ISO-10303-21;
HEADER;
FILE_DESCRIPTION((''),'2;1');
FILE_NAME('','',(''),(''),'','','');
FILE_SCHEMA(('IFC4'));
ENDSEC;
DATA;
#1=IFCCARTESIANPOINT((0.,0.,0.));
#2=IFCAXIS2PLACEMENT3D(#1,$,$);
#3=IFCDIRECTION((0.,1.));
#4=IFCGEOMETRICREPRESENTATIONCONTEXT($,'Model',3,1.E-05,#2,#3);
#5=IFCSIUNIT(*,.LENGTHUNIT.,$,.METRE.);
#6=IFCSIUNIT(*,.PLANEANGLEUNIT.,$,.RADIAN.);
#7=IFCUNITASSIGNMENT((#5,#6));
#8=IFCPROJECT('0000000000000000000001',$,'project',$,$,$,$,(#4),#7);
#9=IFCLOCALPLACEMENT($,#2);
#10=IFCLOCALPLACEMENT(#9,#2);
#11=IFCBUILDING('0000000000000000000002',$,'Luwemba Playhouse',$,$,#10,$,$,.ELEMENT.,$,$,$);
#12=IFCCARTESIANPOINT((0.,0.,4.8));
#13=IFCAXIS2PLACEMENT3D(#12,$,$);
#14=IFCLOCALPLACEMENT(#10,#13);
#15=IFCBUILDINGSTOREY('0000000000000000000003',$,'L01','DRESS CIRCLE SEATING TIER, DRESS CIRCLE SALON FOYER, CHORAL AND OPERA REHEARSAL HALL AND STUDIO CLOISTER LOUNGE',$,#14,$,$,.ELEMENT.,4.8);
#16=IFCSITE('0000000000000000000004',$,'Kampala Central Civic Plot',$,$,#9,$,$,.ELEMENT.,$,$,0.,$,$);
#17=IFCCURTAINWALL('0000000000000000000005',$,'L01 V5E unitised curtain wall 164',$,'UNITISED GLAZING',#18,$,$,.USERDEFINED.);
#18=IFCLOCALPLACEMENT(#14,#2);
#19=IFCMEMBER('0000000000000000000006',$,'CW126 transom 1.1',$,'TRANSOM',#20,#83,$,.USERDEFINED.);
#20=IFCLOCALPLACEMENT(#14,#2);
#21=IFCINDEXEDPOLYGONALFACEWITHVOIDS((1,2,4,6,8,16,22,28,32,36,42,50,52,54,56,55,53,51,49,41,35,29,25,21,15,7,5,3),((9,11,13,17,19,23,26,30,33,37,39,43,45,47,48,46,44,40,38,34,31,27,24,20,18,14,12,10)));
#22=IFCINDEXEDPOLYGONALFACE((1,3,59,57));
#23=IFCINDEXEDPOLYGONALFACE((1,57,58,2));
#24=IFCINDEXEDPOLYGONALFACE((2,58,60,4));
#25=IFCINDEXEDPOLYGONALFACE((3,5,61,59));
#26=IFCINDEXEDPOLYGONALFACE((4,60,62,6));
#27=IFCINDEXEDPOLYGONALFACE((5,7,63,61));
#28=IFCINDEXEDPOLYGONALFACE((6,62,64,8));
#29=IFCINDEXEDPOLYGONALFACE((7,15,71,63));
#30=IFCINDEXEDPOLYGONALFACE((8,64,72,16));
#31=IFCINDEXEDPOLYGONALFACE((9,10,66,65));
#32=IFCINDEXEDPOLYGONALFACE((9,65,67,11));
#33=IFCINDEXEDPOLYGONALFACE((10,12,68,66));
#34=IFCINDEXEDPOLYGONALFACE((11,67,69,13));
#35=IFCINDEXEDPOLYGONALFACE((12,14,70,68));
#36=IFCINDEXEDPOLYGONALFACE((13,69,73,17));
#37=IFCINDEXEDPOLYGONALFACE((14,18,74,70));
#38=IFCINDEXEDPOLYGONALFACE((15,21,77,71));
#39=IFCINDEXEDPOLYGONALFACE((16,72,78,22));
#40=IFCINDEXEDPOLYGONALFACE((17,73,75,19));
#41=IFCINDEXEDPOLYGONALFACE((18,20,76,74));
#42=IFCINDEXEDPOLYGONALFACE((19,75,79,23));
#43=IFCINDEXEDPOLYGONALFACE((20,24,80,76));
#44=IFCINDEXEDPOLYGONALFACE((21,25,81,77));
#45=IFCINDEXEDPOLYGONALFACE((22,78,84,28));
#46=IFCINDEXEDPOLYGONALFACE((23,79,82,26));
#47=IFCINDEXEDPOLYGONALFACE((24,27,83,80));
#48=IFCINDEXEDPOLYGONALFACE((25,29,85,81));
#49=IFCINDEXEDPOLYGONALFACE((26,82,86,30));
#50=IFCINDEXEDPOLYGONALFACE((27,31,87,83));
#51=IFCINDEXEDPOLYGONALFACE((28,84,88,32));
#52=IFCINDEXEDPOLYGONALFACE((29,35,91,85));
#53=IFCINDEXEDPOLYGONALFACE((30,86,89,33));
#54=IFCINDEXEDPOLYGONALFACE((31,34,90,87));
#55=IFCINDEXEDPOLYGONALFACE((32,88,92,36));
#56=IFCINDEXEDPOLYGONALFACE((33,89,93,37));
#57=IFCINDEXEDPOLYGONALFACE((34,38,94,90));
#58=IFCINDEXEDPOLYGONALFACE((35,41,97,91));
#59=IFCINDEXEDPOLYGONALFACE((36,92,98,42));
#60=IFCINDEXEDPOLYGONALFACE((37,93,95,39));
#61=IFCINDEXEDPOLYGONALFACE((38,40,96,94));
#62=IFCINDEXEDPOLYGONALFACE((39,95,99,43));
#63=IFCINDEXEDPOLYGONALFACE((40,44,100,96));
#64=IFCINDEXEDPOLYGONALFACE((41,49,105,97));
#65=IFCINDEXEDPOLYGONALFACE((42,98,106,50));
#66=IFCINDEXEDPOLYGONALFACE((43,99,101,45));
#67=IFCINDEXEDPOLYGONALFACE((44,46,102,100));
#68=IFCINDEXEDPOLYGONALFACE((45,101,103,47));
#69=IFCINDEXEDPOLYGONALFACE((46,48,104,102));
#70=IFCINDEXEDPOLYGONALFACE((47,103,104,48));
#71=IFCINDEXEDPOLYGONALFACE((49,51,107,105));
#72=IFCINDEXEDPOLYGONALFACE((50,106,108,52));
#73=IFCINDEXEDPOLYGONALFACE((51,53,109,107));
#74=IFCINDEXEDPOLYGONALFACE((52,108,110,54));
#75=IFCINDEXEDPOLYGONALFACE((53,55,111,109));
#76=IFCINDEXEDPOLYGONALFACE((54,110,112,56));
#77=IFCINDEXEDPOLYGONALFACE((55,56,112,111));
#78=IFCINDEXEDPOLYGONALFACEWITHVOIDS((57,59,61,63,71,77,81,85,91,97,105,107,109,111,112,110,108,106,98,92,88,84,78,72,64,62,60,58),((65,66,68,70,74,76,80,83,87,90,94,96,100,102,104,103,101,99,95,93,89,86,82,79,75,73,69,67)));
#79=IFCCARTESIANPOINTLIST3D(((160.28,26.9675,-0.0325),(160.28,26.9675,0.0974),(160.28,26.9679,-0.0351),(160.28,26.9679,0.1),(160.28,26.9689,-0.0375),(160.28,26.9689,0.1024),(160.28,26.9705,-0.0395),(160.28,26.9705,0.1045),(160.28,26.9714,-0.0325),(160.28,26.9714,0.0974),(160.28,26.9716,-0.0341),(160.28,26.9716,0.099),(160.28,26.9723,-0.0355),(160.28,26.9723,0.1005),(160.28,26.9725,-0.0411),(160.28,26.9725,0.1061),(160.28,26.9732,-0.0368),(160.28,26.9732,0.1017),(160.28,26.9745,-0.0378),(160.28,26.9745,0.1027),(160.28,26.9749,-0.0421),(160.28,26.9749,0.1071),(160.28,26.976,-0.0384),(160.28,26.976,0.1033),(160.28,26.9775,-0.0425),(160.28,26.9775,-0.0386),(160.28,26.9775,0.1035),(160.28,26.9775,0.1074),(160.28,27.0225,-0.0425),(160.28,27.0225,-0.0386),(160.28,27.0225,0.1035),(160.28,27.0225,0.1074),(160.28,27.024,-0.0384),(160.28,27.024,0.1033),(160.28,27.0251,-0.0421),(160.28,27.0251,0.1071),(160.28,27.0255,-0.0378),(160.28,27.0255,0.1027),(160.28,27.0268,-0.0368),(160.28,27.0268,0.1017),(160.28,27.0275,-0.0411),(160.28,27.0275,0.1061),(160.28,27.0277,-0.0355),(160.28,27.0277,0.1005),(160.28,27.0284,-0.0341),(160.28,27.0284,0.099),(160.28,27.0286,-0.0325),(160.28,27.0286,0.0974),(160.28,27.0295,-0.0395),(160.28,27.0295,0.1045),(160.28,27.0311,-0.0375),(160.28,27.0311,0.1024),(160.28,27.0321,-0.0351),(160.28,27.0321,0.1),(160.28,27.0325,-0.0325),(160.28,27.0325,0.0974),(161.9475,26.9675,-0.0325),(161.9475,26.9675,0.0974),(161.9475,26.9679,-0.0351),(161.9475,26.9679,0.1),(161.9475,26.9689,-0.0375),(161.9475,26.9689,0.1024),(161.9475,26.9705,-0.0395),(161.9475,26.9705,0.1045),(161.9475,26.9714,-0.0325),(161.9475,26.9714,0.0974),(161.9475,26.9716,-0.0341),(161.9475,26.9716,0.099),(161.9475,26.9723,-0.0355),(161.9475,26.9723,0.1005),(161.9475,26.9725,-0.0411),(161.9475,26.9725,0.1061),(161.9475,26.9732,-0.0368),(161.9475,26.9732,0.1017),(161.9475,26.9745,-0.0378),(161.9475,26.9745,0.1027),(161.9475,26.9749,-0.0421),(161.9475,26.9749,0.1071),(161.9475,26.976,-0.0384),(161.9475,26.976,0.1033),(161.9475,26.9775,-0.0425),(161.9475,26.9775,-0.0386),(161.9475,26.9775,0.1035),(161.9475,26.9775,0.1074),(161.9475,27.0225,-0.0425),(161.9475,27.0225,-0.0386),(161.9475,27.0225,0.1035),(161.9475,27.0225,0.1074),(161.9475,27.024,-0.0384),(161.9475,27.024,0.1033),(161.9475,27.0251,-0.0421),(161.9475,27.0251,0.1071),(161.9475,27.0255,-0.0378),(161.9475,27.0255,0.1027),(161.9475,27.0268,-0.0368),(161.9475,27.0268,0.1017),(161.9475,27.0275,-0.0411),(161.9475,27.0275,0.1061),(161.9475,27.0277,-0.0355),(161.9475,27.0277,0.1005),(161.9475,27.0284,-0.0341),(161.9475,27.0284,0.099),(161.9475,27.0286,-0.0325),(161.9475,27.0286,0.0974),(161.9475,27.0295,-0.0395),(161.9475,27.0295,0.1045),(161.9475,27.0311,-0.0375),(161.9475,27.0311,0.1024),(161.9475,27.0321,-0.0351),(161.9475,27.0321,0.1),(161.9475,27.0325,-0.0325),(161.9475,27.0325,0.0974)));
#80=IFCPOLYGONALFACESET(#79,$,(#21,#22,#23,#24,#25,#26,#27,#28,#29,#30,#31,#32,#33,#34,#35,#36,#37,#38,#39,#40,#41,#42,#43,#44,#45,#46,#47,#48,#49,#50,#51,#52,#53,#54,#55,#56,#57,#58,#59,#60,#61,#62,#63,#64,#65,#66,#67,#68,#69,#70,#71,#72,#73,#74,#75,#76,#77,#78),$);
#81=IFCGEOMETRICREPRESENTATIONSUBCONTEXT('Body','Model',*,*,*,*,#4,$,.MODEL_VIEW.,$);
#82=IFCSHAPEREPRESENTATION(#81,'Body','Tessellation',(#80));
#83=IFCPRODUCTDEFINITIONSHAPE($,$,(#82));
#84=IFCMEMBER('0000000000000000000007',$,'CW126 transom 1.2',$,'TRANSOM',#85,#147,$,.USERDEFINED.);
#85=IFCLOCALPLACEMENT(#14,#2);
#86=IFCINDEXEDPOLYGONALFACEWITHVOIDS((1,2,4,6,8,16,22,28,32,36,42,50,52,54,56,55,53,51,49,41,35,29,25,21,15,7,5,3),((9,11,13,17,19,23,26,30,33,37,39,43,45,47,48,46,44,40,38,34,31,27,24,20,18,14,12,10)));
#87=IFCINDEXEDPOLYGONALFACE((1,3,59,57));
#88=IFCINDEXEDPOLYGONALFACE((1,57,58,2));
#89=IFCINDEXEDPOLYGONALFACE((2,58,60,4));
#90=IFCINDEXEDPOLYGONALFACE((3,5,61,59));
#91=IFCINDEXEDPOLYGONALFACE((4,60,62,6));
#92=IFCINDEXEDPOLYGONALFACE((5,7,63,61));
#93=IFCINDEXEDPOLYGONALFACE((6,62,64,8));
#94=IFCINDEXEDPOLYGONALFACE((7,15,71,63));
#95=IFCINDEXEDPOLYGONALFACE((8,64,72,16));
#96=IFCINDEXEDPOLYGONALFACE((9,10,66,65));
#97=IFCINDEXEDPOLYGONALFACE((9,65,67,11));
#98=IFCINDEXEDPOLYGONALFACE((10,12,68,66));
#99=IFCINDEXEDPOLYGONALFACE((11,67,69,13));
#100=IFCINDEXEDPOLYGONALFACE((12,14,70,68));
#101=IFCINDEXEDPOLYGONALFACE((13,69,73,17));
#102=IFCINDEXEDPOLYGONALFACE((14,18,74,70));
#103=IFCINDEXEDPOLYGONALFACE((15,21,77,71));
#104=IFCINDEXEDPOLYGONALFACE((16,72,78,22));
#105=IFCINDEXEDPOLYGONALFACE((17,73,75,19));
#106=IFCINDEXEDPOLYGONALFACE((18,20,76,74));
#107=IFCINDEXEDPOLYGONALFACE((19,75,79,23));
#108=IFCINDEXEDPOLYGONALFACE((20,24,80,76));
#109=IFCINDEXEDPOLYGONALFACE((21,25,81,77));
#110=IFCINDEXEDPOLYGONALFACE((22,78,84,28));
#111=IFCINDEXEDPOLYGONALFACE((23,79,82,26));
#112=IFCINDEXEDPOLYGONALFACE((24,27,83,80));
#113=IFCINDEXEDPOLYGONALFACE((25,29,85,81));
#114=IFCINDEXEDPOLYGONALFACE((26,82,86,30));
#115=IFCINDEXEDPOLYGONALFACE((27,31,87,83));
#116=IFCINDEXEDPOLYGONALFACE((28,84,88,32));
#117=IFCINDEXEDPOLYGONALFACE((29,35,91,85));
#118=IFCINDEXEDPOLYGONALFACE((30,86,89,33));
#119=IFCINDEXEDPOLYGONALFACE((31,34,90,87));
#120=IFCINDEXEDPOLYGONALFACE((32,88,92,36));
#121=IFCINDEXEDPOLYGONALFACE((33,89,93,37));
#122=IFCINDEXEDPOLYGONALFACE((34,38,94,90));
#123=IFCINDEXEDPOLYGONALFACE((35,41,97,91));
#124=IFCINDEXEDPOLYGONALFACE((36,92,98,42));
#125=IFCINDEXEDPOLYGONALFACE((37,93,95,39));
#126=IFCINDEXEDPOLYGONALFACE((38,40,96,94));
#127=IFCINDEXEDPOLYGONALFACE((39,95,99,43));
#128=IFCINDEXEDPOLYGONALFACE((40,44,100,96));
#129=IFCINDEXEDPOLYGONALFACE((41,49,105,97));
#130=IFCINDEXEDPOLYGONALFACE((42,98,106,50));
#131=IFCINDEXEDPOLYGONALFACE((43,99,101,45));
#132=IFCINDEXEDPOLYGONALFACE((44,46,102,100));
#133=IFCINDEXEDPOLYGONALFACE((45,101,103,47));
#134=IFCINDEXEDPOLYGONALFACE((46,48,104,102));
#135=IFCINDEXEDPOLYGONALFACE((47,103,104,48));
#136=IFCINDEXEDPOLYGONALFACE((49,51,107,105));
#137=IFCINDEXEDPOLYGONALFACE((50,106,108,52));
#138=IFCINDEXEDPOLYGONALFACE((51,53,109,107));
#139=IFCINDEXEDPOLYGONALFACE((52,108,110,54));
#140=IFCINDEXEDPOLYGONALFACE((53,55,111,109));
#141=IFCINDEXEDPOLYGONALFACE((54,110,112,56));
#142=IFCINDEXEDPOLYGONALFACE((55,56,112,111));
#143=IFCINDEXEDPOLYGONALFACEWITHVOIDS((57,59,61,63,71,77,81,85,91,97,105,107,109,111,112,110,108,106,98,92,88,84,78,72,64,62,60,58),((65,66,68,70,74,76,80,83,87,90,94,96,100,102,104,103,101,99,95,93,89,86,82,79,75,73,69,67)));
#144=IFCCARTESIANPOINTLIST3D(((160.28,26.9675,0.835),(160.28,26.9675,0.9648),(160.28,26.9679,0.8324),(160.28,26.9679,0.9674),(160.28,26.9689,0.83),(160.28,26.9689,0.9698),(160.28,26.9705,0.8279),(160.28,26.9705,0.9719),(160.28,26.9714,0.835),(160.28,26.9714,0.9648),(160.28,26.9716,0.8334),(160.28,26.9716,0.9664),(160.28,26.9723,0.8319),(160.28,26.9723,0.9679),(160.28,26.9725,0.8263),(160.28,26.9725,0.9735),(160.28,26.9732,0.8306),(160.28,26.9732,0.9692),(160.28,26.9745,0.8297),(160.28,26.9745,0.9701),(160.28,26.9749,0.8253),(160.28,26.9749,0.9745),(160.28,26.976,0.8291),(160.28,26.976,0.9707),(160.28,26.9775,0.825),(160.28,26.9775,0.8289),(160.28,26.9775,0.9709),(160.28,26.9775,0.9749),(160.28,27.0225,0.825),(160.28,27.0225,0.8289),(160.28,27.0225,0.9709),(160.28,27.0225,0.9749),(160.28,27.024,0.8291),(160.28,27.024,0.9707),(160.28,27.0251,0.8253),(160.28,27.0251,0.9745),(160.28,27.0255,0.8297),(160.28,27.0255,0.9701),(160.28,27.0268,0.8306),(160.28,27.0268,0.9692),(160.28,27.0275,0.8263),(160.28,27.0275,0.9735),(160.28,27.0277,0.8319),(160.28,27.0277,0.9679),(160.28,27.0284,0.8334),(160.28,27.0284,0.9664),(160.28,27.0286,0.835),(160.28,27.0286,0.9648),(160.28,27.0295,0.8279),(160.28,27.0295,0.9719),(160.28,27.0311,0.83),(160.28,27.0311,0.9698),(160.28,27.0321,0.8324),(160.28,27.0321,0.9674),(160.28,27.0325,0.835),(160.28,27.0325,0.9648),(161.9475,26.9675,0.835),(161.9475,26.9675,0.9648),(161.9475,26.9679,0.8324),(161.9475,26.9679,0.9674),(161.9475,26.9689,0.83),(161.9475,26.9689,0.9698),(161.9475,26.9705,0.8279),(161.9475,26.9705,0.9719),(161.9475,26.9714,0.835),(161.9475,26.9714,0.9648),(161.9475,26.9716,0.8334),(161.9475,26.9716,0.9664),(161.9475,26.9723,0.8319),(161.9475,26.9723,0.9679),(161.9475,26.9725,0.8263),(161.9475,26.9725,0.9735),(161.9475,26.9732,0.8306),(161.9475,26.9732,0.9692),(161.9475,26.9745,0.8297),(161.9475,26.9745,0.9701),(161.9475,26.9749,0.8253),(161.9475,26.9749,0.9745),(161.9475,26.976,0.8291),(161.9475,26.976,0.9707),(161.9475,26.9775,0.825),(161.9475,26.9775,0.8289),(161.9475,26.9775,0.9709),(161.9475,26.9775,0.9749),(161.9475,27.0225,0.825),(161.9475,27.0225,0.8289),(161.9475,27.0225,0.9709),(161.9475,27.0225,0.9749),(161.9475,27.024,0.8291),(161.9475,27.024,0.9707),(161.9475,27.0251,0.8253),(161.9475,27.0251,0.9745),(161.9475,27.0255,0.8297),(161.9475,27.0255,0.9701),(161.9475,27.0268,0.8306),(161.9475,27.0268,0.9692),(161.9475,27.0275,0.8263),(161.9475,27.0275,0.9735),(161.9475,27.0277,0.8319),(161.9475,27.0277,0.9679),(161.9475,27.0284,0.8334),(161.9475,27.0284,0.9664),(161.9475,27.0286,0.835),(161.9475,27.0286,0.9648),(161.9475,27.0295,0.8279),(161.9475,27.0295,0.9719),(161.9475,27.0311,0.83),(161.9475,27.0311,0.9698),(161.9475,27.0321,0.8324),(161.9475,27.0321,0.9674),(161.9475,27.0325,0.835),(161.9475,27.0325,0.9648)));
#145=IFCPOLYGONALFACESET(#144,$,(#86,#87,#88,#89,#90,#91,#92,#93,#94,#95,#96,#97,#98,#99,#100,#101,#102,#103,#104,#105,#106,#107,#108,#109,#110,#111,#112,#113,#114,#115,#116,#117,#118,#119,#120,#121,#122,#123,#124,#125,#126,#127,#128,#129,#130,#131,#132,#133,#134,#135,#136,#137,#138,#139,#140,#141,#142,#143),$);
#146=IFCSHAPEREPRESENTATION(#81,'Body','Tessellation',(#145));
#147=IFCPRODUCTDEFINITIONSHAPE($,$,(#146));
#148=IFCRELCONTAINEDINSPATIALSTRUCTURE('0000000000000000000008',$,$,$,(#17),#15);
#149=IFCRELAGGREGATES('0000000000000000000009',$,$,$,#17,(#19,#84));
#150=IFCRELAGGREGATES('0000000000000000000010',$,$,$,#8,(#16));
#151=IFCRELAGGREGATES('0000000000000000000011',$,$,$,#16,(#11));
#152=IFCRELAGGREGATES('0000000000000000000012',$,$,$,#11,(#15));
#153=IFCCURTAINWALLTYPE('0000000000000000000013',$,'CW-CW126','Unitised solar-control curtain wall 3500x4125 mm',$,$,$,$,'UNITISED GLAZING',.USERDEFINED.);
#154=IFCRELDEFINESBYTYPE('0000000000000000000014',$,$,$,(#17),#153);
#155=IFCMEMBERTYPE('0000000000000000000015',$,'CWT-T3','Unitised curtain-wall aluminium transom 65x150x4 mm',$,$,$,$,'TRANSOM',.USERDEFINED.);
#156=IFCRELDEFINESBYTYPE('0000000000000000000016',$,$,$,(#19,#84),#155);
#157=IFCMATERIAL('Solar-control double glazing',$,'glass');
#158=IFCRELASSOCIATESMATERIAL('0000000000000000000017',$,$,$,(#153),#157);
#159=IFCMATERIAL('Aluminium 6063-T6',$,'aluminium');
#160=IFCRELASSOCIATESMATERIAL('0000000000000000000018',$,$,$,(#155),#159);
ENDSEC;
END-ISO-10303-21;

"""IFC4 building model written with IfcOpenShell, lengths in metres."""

from ifc_helpers import new_model, si_unit, direction, frame, origin, origin_2d, place, context, subcontext, project, spatial, hollow_rectangle, extrude, material, material_profile, profile_set, type_object, element, aggregate, save


model = new_model("IFC4")

# Units and contexts
model_context = context("Model", 3, precision=1e-05, world=origin(), true_north=direction((0.0, 1.0)))
body_context = subcontext(model_context, "Body", "Model", "MODEL_VIEW")
ifc_project = project(units=[si_unit("LENGTHUNIT", "METRE"), si_unit("PLANEANGLEUNIT", "RADIAN")], contexts=[model_context])

# Site, building, storey
site_placement = place(None, origin())
site = spatial("IfcSite", under=ifc_project, at=site_placement, Name="Kampala Central Civic Plot", CompositionType="ELEMENT", RefElevation=0.0)
building_placement = place(site_placement, origin())
building = spatial("IfcBuilding", under=site, at=building_placement, Name="Luwemba Playhouse", CompositionType="ELEMENT")
storey_placement = place(building_placement, frame((0.0, 0.0, 4.8)))
storey = spatial("IfcBuildingStorey", under=building, at=storey_placement, Name="L01", Description="DRESS CIRCLE SEATING TIER, DRESS CIRCLE SALON FOYER, CHORAL AND OPERA REHEARSAL HALL AND STUDIO CLOISTER LOUNGE", CompositionType="ELEMENT", Elevation=4.8)

# Shared definitions
ifc_material_1 = material(Name="Solar-control double glazing", Category="glass")
ifc_material_2 = material(Name="Aluminium 6063-T6", Category="aluminium")

# Curtain wall
curtain_wall_type_1 = type_object("IfcCurtainWallType", Name="CW-CW126", Description="Unitised solar-control curtain wall 3500x4125 mm", ElementType="UNITISED GLAZING", PredefinedType="USERDEFINED", material=ifc_material_1)
curtain_wall_1_placement = place(storey_placement, origin())
curtain_wall_1 = element("IfcCurtainWall", 1, at=curtain_wall_1_placement, inside=storey, type_object=curtain_wall_type_1, Name="L01 V5E unitised curtain wall 164", ObjectType="UNITISED GLAZING", PredefinedType="USERDEFINED")

# Members
ifc_material_profile_1 = material_profile(ifc_material_2, hollow_rectangle(XDim=0.0649, YDim=0.1499, WallThickness=0.0039, InnerFilletRadius=0.0061, OuterFilletRadius=0.01, at=origin_2d()))
ifc_profile_set_1 = profile_set([ifc_material_profile_1], Name="Aluminium 6063-T6")
member_type_1 = type_object("IfcMemberType", Name="CWT-T3", Description="Unitised curtain-wall aluminium transom 65x150x4 mm", ElementType="TRANSOM", PredefinedType="USERDEFINED", material=ifc_profile_set_1)
member_1_placement = place(storey_placement, frame((160.28, 27.0, 0.0325), z_axis=(1.0, 0.0, 0.0), x_axis=(0.0, 1.0, 0.0)))
member_1 = element("IfcMember", 2, at=member_1_placement, type_object=member_type_1, Name="CW126 transom 1.1", ObjectType="TRANSOM", PredefinedType="USERDEFINED", context=body_context, shape_type="SweptSolid", body=[
    extrude(hollow_rectangle(XDim=0.0649, YDim=0.1499, WallThickness=0.0039, InnerFilletRadius=0.0061, OuterFilletRadius=0.01, at=origin_2d()), origin(), (0.0, 0.0, 1.0), 1.6675),
])
member_2_placement = place(storey_placement, frame((160.28, 27.0, 0.8999), z_axis=(1.0, 0.0, 0.0), x_axis=(0.0, 1.0, 0.0)))
member_2 = element("IfcMember", 3, at=member_2_placement, type_object=member_type_1, Name="CW126 transom 1.2", ObjectType="TRANSOM", PredefinedType="USERDEFINED", context=body_context, shape_type="SweptSolid", body=[
    extrude(hollow_rectangle(XDim=0.0649, YDim=0.1499, WallThickness=0.0039, InnerFilletRadius=0.0061, OuterFilletRadius=0.01, at=origin_2d()), origin(), (0.0, 0.0, 1.0), 1.6675),
])

aggregate(curtain_wall_1, [member_1, member_2])

save(model, "model.ifc")
